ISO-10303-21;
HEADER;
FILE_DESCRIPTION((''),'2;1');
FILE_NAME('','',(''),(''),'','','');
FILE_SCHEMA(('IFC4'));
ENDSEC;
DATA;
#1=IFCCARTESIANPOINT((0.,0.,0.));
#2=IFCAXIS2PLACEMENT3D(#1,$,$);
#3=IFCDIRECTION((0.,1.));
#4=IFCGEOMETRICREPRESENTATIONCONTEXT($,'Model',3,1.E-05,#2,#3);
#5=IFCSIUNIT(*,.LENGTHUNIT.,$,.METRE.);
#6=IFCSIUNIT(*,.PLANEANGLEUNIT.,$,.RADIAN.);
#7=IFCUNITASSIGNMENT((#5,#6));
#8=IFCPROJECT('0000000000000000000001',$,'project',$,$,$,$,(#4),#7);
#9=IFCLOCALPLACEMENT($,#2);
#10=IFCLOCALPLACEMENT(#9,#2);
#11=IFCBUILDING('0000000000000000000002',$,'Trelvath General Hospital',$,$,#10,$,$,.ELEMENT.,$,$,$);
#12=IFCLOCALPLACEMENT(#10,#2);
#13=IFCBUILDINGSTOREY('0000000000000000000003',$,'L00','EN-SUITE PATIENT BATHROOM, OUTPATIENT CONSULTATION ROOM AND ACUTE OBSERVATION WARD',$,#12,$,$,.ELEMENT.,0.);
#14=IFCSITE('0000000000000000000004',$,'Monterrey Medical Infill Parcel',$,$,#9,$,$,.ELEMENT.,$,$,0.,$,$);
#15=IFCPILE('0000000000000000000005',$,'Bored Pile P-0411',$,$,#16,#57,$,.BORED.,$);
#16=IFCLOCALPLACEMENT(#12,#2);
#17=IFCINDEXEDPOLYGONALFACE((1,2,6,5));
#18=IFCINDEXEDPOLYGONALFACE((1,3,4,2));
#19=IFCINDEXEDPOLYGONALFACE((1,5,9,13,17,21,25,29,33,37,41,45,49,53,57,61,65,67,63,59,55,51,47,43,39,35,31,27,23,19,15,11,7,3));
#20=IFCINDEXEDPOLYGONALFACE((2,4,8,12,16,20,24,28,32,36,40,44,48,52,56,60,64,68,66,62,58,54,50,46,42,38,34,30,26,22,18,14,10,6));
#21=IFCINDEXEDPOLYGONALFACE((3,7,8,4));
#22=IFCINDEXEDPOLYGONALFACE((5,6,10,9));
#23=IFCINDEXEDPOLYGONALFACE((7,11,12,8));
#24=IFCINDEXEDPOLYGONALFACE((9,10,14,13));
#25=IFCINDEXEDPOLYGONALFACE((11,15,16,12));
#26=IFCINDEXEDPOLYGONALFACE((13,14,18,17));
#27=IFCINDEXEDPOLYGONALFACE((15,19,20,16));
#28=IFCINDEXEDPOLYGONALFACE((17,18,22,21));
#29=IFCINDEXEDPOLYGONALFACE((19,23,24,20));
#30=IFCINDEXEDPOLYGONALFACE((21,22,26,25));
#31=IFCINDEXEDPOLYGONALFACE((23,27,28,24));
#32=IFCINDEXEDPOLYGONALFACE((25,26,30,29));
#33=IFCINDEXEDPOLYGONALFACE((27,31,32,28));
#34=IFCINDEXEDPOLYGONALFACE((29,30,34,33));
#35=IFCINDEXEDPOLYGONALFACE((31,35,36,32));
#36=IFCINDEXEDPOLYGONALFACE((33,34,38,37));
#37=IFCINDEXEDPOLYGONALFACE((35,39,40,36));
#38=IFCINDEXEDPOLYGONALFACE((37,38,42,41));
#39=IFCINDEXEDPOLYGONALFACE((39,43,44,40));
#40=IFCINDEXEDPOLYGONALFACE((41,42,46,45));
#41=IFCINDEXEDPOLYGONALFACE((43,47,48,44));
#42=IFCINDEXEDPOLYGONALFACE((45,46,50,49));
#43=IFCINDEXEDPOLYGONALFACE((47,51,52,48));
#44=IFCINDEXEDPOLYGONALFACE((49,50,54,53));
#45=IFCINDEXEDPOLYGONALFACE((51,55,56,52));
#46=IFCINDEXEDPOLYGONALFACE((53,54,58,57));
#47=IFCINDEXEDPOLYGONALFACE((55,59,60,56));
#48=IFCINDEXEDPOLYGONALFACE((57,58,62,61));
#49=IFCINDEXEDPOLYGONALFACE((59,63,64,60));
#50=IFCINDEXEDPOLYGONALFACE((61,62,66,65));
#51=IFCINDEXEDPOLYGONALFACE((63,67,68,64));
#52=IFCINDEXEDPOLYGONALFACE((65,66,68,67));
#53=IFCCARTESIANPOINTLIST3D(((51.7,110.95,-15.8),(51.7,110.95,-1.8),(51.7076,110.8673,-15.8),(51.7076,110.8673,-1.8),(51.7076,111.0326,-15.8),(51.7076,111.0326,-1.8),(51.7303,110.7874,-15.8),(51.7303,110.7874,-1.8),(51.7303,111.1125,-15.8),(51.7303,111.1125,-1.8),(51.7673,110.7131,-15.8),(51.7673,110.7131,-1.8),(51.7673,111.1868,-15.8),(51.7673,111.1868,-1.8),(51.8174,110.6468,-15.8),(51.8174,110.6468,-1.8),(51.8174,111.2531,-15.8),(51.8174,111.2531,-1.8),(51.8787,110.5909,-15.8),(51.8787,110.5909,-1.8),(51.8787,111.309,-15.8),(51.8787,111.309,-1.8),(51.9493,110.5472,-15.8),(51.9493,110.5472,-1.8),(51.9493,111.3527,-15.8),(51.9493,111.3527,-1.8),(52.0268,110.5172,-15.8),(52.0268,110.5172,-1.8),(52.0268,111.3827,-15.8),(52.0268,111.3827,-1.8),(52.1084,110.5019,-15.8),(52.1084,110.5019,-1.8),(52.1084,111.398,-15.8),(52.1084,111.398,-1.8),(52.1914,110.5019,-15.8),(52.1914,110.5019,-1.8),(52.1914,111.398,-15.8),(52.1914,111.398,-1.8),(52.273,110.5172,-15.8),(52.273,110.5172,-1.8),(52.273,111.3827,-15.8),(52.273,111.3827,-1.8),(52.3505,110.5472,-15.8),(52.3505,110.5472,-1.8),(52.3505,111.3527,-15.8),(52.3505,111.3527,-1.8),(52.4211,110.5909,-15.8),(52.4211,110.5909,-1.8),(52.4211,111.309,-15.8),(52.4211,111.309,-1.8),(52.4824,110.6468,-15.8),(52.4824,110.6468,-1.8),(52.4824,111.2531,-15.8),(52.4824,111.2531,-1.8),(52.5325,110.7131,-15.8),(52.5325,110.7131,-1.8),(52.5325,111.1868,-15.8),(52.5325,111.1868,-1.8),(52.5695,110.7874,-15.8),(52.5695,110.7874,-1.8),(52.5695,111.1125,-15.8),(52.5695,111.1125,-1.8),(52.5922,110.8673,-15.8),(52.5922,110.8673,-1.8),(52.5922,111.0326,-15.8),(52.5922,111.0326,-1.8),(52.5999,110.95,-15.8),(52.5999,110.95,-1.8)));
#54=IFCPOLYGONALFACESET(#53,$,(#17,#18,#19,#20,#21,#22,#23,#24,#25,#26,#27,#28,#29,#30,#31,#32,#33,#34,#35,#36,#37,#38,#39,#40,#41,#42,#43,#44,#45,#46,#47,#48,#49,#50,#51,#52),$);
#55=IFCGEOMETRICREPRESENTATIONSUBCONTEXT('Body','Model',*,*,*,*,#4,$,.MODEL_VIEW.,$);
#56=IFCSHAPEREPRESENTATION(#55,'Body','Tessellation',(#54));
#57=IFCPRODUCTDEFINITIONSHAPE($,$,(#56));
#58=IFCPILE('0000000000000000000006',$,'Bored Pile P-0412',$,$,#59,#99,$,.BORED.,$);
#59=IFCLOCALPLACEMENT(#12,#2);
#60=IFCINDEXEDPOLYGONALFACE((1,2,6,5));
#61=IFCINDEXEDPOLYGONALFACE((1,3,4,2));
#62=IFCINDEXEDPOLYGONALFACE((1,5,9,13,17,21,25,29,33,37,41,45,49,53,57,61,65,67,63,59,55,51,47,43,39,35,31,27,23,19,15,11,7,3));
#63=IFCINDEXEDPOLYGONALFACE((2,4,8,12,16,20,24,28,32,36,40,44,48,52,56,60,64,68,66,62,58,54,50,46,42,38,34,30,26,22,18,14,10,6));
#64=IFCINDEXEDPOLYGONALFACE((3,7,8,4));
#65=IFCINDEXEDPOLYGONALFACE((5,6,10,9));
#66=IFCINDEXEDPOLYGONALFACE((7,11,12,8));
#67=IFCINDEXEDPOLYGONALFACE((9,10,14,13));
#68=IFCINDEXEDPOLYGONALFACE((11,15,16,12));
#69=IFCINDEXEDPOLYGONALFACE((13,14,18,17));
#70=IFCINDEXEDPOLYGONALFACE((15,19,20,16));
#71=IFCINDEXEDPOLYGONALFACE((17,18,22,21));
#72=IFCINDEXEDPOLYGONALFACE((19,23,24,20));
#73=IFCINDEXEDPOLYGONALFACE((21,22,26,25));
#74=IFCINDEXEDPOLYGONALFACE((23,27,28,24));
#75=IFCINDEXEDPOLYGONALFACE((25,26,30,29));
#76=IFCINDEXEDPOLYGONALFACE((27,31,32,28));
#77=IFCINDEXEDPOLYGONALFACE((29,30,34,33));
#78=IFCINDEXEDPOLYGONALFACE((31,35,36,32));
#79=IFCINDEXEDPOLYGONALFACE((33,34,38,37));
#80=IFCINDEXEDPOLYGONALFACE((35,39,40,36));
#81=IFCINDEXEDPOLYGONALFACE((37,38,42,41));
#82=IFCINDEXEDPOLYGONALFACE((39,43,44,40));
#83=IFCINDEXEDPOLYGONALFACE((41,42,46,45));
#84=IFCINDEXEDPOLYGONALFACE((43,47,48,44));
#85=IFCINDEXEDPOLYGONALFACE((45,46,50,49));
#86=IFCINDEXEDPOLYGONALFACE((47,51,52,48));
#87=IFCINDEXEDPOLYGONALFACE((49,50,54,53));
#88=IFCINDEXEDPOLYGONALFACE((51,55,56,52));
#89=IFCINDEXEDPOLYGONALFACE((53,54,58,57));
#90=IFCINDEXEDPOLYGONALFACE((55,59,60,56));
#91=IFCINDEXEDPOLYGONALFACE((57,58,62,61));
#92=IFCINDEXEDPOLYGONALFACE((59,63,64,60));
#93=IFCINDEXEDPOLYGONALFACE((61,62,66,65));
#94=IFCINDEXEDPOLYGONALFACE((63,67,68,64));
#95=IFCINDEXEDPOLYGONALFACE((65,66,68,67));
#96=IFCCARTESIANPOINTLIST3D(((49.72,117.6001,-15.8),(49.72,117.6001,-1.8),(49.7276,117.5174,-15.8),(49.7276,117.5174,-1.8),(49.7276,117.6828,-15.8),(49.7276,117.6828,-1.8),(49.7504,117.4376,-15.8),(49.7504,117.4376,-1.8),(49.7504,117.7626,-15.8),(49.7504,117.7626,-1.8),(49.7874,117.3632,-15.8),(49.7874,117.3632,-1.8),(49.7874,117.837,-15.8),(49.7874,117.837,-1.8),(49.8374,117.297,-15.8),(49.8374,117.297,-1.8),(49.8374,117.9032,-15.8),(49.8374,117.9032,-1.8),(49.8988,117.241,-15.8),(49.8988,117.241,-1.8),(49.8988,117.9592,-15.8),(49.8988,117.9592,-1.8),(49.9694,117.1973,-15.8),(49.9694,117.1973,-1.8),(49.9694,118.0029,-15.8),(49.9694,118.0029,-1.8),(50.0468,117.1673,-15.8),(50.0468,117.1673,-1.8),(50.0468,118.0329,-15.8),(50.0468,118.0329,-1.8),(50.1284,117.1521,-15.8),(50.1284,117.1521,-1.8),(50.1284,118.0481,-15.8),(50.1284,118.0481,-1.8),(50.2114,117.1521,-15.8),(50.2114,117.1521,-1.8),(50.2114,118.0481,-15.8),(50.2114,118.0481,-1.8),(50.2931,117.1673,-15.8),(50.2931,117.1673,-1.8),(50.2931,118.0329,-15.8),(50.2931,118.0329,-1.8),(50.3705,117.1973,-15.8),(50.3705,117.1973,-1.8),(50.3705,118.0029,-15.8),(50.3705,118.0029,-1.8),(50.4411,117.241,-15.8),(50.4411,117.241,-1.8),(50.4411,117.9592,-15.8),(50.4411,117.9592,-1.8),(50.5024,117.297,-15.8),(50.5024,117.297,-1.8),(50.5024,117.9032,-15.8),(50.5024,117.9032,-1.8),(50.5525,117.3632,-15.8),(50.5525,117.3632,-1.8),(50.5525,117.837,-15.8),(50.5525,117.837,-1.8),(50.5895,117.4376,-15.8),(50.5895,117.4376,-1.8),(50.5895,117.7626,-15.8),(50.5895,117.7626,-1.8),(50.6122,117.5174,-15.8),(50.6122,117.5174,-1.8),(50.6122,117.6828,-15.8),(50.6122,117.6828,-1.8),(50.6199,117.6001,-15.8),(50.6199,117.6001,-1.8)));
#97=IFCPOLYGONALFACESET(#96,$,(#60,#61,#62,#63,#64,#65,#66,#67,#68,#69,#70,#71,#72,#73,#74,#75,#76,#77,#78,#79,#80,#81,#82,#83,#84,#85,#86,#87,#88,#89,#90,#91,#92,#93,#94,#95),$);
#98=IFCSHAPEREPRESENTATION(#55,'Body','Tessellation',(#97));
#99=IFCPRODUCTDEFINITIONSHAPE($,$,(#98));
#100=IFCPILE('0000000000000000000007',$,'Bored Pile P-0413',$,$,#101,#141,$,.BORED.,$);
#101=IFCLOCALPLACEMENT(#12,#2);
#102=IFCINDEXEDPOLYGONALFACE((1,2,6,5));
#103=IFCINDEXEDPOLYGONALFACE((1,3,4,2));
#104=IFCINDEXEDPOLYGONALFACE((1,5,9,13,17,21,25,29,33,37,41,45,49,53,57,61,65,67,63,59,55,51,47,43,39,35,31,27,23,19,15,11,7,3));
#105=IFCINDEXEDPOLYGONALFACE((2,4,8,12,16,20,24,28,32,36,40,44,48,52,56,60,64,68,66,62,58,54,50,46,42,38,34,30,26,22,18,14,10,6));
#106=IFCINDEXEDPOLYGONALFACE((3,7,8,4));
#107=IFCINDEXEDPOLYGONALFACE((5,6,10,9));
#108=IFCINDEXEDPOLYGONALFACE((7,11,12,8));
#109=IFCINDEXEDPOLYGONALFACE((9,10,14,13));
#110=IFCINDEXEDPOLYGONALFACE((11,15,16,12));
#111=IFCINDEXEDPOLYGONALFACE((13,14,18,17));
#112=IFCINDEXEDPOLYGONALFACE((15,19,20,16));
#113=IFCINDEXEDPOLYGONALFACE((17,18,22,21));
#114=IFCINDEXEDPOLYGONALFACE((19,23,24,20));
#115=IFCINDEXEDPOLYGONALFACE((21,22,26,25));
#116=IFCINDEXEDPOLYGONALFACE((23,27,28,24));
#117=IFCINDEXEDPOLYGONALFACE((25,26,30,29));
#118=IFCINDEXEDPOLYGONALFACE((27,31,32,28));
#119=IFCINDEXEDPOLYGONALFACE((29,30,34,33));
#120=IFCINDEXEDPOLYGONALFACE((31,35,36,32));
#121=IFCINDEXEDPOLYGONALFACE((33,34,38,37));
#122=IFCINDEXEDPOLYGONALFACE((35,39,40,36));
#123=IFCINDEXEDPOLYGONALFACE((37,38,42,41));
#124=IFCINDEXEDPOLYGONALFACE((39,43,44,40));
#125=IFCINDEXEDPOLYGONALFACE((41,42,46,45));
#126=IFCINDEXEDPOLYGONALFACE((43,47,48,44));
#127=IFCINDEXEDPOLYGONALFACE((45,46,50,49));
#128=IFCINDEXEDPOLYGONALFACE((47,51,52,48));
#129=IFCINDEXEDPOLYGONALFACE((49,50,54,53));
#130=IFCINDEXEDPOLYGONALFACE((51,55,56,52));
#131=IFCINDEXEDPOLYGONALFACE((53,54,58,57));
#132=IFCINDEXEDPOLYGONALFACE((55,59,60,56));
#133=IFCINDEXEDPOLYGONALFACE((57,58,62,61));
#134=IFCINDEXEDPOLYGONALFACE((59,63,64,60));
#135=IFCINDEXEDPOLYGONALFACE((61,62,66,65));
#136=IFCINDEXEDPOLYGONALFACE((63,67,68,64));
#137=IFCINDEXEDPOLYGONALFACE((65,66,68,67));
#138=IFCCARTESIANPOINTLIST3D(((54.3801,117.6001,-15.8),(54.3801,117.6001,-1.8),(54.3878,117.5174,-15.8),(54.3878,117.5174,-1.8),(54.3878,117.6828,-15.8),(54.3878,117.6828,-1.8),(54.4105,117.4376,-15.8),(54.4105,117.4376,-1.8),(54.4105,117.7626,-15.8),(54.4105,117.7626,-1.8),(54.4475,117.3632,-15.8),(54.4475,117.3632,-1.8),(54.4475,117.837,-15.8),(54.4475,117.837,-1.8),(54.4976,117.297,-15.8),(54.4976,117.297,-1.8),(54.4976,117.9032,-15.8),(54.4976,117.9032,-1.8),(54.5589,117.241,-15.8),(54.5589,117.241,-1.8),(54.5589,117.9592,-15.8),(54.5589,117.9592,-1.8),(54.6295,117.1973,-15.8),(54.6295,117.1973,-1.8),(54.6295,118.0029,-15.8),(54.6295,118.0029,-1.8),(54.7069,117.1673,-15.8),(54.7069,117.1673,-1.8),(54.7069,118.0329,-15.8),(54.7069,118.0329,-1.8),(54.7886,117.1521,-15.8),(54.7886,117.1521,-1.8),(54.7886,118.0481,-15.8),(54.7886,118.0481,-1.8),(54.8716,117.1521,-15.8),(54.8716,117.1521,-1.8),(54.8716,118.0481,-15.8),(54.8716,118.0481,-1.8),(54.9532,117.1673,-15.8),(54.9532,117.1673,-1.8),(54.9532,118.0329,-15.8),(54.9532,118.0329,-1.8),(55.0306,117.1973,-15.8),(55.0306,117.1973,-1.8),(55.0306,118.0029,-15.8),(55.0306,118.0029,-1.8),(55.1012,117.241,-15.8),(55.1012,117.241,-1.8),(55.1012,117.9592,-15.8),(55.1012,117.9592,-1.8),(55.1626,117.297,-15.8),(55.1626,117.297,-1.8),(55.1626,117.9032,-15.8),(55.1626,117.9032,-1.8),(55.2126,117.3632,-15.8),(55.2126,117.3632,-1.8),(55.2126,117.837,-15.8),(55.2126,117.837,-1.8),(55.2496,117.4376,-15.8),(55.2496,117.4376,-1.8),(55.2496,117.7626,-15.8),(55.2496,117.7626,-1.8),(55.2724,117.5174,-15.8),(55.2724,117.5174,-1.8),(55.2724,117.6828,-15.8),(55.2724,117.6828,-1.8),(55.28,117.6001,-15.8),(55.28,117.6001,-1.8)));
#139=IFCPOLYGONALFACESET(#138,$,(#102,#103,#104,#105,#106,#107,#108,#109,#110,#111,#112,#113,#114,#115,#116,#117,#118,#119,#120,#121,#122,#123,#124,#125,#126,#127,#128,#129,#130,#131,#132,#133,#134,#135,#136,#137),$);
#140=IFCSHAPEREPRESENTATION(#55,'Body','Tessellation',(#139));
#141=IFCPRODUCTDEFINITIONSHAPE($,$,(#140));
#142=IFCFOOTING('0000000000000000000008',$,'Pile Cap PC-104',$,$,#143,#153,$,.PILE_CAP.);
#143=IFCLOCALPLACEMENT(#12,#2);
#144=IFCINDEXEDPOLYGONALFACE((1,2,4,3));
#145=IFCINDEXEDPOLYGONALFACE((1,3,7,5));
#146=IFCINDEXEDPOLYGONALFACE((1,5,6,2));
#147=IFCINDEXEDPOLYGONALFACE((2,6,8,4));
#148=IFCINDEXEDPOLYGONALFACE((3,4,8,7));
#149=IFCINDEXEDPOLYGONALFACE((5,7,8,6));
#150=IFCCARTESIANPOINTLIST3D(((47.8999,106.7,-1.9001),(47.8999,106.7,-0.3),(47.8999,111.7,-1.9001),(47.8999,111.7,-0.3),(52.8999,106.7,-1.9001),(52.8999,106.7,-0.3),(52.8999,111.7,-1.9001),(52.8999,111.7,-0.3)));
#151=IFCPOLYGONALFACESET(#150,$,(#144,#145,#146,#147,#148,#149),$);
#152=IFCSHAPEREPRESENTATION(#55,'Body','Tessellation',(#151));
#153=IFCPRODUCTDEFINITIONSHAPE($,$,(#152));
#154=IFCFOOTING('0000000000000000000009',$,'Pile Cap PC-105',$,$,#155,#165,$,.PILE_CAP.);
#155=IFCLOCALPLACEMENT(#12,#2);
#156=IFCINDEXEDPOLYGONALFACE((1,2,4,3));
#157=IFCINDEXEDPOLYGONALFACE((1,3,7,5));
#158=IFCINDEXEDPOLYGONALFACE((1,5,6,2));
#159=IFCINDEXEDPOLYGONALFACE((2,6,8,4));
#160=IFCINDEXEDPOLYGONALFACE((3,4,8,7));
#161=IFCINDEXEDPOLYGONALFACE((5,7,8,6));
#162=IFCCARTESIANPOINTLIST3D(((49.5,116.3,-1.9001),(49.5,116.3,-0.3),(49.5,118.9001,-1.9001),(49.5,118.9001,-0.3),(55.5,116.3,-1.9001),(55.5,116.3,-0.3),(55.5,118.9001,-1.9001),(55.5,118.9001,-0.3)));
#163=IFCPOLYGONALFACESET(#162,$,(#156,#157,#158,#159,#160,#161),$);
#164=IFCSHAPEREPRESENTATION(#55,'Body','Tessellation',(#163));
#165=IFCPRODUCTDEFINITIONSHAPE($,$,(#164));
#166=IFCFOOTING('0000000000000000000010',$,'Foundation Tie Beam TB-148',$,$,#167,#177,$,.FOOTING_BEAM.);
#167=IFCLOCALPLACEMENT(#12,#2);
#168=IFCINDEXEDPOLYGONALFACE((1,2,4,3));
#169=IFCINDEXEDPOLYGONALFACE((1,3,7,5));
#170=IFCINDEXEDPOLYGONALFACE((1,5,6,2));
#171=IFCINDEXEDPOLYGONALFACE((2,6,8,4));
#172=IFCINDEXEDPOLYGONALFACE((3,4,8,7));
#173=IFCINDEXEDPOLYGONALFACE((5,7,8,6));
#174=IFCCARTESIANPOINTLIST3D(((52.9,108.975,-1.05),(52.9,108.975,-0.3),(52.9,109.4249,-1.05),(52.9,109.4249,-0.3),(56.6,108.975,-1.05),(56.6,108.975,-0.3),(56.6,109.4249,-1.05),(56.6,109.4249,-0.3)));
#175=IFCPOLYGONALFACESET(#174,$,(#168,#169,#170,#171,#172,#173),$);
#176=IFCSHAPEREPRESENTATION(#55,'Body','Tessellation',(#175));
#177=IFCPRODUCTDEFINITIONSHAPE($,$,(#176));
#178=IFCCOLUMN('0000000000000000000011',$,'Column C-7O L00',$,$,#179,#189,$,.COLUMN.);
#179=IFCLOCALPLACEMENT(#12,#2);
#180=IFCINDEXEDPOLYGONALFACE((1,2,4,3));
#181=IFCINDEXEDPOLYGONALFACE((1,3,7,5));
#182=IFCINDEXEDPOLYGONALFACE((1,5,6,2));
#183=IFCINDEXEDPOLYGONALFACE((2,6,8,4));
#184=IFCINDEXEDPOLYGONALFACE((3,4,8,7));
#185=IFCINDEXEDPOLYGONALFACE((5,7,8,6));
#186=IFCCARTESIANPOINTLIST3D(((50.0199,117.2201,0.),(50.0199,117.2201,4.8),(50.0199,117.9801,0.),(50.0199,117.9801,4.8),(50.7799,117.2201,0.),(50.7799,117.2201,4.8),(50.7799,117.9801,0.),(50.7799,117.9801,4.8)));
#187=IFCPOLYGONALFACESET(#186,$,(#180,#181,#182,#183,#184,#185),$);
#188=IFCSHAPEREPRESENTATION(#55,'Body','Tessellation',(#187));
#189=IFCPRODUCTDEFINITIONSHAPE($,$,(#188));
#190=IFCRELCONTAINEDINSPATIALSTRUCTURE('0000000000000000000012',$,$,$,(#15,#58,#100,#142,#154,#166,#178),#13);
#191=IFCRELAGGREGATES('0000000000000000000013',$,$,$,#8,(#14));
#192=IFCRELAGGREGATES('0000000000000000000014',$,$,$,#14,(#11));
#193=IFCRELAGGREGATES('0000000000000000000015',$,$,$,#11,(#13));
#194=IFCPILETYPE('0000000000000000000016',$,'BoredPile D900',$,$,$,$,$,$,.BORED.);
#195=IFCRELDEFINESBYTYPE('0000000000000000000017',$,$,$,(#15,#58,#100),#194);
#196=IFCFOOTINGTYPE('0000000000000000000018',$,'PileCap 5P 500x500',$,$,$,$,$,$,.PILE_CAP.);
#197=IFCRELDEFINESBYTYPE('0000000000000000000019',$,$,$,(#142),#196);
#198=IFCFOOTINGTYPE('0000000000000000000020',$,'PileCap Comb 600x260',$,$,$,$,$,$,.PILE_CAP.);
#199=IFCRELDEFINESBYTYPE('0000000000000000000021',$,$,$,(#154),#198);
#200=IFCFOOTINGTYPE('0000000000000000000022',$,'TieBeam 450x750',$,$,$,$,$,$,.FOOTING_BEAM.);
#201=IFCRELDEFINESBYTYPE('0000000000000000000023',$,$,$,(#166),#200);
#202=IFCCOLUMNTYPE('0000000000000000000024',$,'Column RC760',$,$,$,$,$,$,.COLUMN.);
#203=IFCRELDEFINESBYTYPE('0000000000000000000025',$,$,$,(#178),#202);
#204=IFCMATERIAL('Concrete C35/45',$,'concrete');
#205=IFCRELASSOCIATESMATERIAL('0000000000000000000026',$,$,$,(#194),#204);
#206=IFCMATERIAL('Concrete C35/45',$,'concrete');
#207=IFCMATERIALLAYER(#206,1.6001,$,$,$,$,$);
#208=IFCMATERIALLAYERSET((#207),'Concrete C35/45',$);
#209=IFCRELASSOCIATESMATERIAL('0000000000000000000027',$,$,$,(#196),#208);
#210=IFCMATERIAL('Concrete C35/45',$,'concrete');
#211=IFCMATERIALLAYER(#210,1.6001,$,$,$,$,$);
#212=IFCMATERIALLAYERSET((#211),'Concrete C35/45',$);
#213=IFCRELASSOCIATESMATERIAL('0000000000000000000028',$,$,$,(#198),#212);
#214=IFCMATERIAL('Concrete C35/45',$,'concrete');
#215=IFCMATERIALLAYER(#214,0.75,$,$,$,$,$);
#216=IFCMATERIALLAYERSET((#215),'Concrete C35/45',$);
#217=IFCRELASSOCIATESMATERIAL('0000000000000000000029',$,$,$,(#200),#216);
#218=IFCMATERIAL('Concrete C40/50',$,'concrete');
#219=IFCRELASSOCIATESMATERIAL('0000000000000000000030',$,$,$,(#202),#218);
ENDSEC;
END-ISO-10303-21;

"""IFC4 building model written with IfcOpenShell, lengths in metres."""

from ifc_helpers import new_model, si_unit, direction, frame, origin, origin_2d, place, context, subcontext, project, spatial, rectangle, circle, extrude, material, layer, layer_set, material_profile, profile_set, type_object, element, save


model = new_model("IFC4")

# Units and contexts
model_context = context("Model", 3, precision=1e-05, world=origin(), true_north=direction((0.0, 1.0)))
body_context = subcontext(model_context, "Body", "Model", "MODEL_VIEW")
ifc_project = project(units=[si_unit("LENGTHUNIT", "METRE"), si_unit("PLANEANGLEUNIT", "RADIAN")], contexts=[model_context])

# Site, building, storey
site_placement = place(None, origin())
site = spatial("IfcSite", under=ifc_project, at=site_placement, Name="Monterrey Medical Infill Parcel", CompositionType="ELEMENT", RefElevation=0.0)
building_placement = place(site_placement, origin())
building = spatial("IfcBuilding", under=site, at=building_placement, Name="Trelvath General Hospital", CompositionType="ELEMENT")
storey_placement = place(building_placement, origin())
storey = spatial("IfcBuildingStorey", under=building, at=storey_placement, Name="L00", Description="EN-SUITE PATIENT BATHROOM, OUTPATIENT CONSULTATION ROOM AND ACUTE OBSERVATION WARD", CompositionType="ELEMENT", Elevation=0.0)

# Piles
ifc_material_1 = material(Name="Concrete C35/45", Category="concrete")
ifc_material_profile_1 = material_profile(ifc_material_1, circle(Radius=0.45, at=origin_2d()), Name="PILE900")
ifc_profile_set_1 = profile_set([ifc_material_profile_1], Name="Concrete C35/45")
pile_type = type_object("IfcPileType", Name="BoredPile D900", PredefinedType="BORED", material=ifc_profile_set_1)
for number, where, z_axis, x_axis, name in (
    (1, (52.1499, 110.95, -1.8), (0.0, 0.0, -1.0), (1.0, 0.0, 0.0), "Bored Pile P-0411"),
    (2, (50.1699, 117.6001, -1.8), (0.0, 0.0, -1.0), (1.0, 0.0, 0.0), "Bored Pile P-0412"),
    (3, (54.8301, 117.6001, -1.8), (0.0, 0.0, -1.0), (1.0, 0.0, 0.0), "Bored Pile P-0413"),
):
    element("IfcPile", number, at=place(storey_placement, frame(where, z_axis=z_axis, x_axis=x_axis)), inside=storey, type_object=pile_type, Name=name, PredefinedType="BORED", context=body_context, shape_type="SweptSolid", body=[
        extrude(circle(Radius=0.45, at=origin_2d()), origin(), (0.0, 0.0, 1.0), 14.0),
    ])

# Footings
ifc_material_2 = material(Name="Concrete C35/45", Category="concrete")
ifc_layer_1 = layer(ifc_material_2, 1.6001)
ifc_layer_set_1 = layer_set([ifc_layer_1], Name="Concrete C35/45")
footing_type_1 = type_object("IfcFootingType", Name="PileCap 5P 500x500", PredefinedType="PILE_CAP", material=ifc_layer_set_1)
footing_1_placement = place(storey_placement, frame((50.3999, 109.2, -1.9001), z_axis=(0.0, 0.0, 1.0), x_axis=(1.0, 0.0, 0.0)))
element("IfcFooting", 4, at=footing_1_placement, inside=storey, type_object=footing_type_1, Name="Pile Cap PC-104", PredefinedType="PILE_CAP", context=body_context, shape_type="SweptSolid", body=[
    extrude(rectangle(XDim=5.0, YDim=5.0, at=origin_2d()), origin(), (0.0, 0.0, 1.0), 1.6001),
])
ifc_material_3 = material(Name="Concrete C35/45", Category="concrete")
ifc_layer_2 = layer(ifc_material_3, 1.6001)
ifc_layer_set_2 = layer_set([ifc_layer_2], Name="Concrete C35/45")
footing_type_2 = type_object("IfcFootingType", Name="PileCap Comb 600x260", PredefinedType="PILE_CAP", material=ifc_layer_set_2)
footing_2_placement = place(storey_placement, frame((52.5, 117.6001, -1.9001), z_axis=(0.0, 0.0, 1.0), x_axis=(1.0, 0.0, 0.0)))
element("IfcFooting", 5, at=footing_2_placement, inside=storey, type_object=footing_type_2, Name="Pile Cap PC-105", PredefinedType="PILE_CAP", context=body_context, shape_type="SweptSolid", body=[
    extrude(rectangle(XDim=6.0, YDim=2.6001, at=origin_2d()), origin(), (0.0, 0.0, 1.0), 1.6001),
])
ifc_material_4 = material(Name="Concrete C35/45", Category="concrete")
ifc_layer_3 = layer(ifc_material_4, 0.75)
ifc_layer_set_3 = layer_set([ifc_layer_3], Name="Concrete C35/45")
footing_type_3 = type_object("IfcFootingType", Name="TieBeam 450x750", PredefinedType="FOOTING_BEAM", material=ifc_layer_set_3)
footing_3_placement = place(storey_placement, frame((54.75, 109.2, -1.05), z_axis=(0.0, 0.0, 1.0), x_axis=(1.0, 0.0, 0.0)))
element("IfcFooting", 6, at=footing_3_placement, inside=storey, type_object=footing_type_3, Name="Foundation Tie Beam TB-148", PredefinedType="FOOTING_BEAM", context=body_context, shape_type="SweptSolid", body=[
    extrude(rectangle(XDim=3.7, YDim=0.45, at=origin_2d()), origin(), (0.0, 0.0, 1.0), 0.75),
])

# Column
ifc_material_5 = material(Name="Concrete C40/50", Category="concrete")
ifc_material_profile_2 = material_profile(ifc_material_5, rectangle(XDim=0.76, YDim=0.76, at=origin_2d()), Name="RC760x760")
ifc_profile_set_2 = profile_set([ifc_material_profile_2], Name="Concrete C40/50")
column_type_1 = type_object("IfcColumnType", Name="Column RC760", PredefinedType="COLUMN", material=ifc_profile_set_2)
column_1_placement = place(storey_placement, frame((50.3999, 117.6001, 0.0), z_axis=(0.0, 0.0, 1.0), x_axis=(1.0, 0.0, 0.0)))
element("IfcColumn", 7, at=column_1_placement, inside=storey, type_object=column_type_1, Name="Column C-7O L00", PredefinedType="COLUMN", context=body_context, shape_type="SweptSolid", body=[
    extrude(rectangle(XDim=0.76, YDim=0.76, at=origin_2d()), origin(), (0.0, 0.0, 1.0), 4.8),
])

save(model, "model.ifc")
